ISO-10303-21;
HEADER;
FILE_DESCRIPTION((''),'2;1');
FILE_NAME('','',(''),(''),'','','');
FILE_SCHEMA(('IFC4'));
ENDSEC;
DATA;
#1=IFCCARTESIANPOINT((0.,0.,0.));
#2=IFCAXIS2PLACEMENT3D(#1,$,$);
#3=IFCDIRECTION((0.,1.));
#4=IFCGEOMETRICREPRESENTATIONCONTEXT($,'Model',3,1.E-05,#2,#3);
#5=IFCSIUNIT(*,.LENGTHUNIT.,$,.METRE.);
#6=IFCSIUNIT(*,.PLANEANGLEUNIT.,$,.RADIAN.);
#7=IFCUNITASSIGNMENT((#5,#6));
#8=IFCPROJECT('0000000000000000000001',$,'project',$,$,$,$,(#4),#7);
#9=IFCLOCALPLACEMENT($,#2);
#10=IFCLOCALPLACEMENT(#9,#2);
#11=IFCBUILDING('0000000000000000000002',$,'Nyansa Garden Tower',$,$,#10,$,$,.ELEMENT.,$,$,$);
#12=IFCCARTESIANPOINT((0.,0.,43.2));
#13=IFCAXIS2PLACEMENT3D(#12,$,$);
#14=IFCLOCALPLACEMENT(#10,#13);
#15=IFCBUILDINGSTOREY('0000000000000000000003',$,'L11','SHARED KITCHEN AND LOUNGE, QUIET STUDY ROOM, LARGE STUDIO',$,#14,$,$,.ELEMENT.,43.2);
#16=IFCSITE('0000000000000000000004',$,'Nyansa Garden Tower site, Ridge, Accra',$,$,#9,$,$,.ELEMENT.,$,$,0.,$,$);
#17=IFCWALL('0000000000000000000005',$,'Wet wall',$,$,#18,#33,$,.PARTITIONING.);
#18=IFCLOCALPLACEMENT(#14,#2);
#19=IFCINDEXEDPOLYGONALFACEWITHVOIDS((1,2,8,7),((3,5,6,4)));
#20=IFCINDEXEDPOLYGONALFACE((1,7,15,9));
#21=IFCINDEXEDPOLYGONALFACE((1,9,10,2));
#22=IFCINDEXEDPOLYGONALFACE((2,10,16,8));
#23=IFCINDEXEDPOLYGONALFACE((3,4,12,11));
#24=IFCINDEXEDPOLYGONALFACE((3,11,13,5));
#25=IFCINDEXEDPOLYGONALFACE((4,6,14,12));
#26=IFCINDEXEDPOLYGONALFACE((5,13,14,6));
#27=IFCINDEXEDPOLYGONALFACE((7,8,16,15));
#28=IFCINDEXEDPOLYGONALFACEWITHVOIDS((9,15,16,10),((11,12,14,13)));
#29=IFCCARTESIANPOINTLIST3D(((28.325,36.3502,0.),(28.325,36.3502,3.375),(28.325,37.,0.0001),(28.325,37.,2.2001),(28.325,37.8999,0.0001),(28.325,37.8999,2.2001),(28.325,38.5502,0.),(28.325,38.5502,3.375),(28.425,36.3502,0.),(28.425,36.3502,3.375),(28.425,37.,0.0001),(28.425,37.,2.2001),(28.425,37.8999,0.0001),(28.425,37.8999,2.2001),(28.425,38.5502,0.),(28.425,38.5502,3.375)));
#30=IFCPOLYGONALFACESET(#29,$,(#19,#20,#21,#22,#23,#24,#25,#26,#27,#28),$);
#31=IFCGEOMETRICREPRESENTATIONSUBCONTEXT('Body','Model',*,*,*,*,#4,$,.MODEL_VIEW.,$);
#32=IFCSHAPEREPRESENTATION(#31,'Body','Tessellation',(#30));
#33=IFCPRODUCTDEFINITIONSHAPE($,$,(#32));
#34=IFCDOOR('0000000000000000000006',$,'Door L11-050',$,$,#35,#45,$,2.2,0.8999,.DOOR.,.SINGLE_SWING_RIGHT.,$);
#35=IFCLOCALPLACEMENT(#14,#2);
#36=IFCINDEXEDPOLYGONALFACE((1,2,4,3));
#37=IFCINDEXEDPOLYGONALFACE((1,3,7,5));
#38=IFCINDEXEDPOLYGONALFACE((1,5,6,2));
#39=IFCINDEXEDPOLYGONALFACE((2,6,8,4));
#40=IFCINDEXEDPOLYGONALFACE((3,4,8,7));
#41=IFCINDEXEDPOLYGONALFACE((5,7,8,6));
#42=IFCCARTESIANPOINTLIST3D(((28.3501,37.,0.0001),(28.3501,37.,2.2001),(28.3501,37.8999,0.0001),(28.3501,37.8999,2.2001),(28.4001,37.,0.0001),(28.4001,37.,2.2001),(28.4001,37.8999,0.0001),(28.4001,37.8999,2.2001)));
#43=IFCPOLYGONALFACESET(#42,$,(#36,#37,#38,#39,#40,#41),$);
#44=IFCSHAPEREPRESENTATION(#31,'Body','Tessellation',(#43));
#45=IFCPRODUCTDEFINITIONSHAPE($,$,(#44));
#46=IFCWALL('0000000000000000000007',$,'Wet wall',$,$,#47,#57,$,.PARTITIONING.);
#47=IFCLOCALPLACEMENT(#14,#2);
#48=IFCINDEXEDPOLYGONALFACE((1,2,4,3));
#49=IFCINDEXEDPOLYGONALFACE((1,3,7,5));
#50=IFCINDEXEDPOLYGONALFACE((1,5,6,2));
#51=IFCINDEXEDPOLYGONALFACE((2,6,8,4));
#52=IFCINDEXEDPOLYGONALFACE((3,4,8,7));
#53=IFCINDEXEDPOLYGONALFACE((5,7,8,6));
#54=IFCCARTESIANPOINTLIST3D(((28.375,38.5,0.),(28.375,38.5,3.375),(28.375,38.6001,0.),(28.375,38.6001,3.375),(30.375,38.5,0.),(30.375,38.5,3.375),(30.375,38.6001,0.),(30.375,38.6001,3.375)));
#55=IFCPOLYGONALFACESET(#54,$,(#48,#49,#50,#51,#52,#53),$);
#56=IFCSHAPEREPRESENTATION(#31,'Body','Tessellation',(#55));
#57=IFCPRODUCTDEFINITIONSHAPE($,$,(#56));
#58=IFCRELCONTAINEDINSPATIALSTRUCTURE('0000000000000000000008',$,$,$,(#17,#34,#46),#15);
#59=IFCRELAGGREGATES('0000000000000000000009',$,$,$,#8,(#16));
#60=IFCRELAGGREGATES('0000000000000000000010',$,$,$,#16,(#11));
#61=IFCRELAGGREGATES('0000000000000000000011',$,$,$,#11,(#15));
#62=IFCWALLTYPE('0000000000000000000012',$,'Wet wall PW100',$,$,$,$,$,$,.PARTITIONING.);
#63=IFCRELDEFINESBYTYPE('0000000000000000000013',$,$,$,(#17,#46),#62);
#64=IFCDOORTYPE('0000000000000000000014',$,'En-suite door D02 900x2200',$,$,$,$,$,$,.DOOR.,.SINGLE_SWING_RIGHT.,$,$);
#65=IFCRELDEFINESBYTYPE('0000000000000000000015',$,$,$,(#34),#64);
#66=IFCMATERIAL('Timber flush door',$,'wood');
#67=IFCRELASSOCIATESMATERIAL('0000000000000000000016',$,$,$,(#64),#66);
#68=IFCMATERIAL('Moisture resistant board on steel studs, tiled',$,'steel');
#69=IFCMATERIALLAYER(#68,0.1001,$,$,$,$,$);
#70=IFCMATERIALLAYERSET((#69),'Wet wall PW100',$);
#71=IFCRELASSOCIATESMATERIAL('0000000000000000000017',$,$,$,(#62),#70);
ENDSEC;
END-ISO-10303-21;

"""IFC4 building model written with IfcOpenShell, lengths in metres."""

from ifc_helpers import new_model, si_unit, direction, frame, frame_2d, origin, place, context, subcontext, project, spatial, rectangle, extrude, material, layer, layer_set, type_object, element, fill, save


model = new_model("IFC4")

# Units and contexts
model_context = context("Model", 3, precision=1e-05, world=origin(), true_north=direction((0.0, 1.0)))
body_context = subcontext(model_context, "Body", "Model", "MODEL_VIEW")
ifc_project = project(units=[si_unit("LENGTHUNIT", "METRE"), si_unit("PLANEANGLEUNIT", "RADIAN")], contexts=[model_context])

# Site, building, storey
site_placement = place(None, origin())
site = spatial("IfcSite", under=ifc_project, at=site_placement, Name="Nyansa Garden Tower site, Ridge, Accra", CompositionType="ELEMENT", RefElevation=0.0)
building_placement = place(site_placement, origin())
building = spatial("IfcBuilding", under=site, at=building_placement, Name="Nyansa Garden Tower", CompositionType="ELEMENT")
storey_placement = place(building_placement, frame((0.0, 0.0, 43.2)))
storey = spatial("IfcBuildingStorey", under=building, at=storey_placement, Name="L11", Description="SHARED KITCHEN AND LOUNGE, QUIET STUDY ROOM, LARGE STUDIO", CompositionType="ELEMENT", Elevation=43.2)

# Shared definitions
ifc_material_1 = material(Name="Timber flush door", Category="wood")
door_type_1 = type_object("IfcDoorType", Name="En-suite door D02 900x2200", OperationType="SINGLE_SWING_RIGHT", PredefinedType="DOOR", material=ifc_material_1)

# Shared definitions
ifc_material_2 = material(Name="Moisture resistant board on steel studs, tiled", Category="steel")
ifc_layer_1 = layer(ifc_material_2, 0.1001)
ifc_layer_set_1 = layer_set([ifc_layer_1], Name="Wet wall PW100")
wall_type_1 = type_object("IfcWallType", Name="Wet wall PW100", PredefinedType="PARTITIONING", material=ifc_layer_set_1)

# Wall, opening, door
wall_1_placement = place(storey_placement, frame((28.375, 36.3501, 0.0), z_axis=(0.0, 0.0, 1.0), x_axis=(0.0, 1.0, 0.0)))
wall_1 = element("IfcWall", 1, at=wall_1_placement, inside=storey, type_object=wall_type_1, Name="Wet wall", PredefinedType="PARTITIONING", context=body_context, shape_type="SweptSolid", body=[
    extrude(rectangle(XDim=2.2, YDim=0.1001, at=frame_2d((1.1001, 0.0))), origin(), (0.0, 0.0, 1.0), 3.375),
])
opening_1_placement = place(wall_1_placement, frame((0.6499, 0.0, 0.0)))
opening_1 = element("IfcOpeningElement", 2, at=opening_1_placement, cuts=wall_1, PredefinedType="OPENING", context=body_context, shape_type="SweptSolid", body=[
    extrude(rectangle(XDim=0.8999, YDim=2.2, at=frame_2d((0.45, 1.1001))), frame((0.0, 0.0601, 0.0), z_axis=(0.0, -1.0, 0.0), x_axis=(1.0, 0.0, 0.0)), (0.0, 0.0, 1.0), 0.1201),
])
door_1_placement = place(opening_1_placement, origin())
door_1 = element("IfcDoor", 3, at=door_1_placement, inside=storey, type_object=door_type_1, Name="Door L11-050", OperationType="SINGLE_SWING_RIGHT", OverallHeight=2.2, OverallWidth=0.8999, PredefinedType="DOOR", context=body_context, shape_type="SweptSolid", body=[
    extrude(rectangle(XDim=0.8999, YDim=2.2, at=frame_2d((0.45, 1.1001))), frame((0.0, 0.0249, 0.0), z_axis=(0.0, -1.0, 0.0), x_axis=(1.0, 0.0, 0.0)), (0.0, 0.0, 1.0), 0.05),
])
fill(opening_1, door_1)

# Wall
wall_2_placement = place(storey_placement, frame((28.375, 38.55, 0.0), z_axis=(0.0, 0.0, 1.0), x_axis=(1.0, 0.0, 0.0)))
element("IfcWall", 4, at=wall_2_placement, inside=storey, type_object=wall_type_1, Name="Wet wall", PredefinedType="PARTITIONING", context=body_context, shape_type="SweptSolid", body=[
    extrude(rectangle(XDim=2.0, YDim=0.1001, at=frame_2d((1.0, 0.0))), origin(), (0.0, 0.0, 1.0), 3.375),
])

save(model, "model.ifc")
